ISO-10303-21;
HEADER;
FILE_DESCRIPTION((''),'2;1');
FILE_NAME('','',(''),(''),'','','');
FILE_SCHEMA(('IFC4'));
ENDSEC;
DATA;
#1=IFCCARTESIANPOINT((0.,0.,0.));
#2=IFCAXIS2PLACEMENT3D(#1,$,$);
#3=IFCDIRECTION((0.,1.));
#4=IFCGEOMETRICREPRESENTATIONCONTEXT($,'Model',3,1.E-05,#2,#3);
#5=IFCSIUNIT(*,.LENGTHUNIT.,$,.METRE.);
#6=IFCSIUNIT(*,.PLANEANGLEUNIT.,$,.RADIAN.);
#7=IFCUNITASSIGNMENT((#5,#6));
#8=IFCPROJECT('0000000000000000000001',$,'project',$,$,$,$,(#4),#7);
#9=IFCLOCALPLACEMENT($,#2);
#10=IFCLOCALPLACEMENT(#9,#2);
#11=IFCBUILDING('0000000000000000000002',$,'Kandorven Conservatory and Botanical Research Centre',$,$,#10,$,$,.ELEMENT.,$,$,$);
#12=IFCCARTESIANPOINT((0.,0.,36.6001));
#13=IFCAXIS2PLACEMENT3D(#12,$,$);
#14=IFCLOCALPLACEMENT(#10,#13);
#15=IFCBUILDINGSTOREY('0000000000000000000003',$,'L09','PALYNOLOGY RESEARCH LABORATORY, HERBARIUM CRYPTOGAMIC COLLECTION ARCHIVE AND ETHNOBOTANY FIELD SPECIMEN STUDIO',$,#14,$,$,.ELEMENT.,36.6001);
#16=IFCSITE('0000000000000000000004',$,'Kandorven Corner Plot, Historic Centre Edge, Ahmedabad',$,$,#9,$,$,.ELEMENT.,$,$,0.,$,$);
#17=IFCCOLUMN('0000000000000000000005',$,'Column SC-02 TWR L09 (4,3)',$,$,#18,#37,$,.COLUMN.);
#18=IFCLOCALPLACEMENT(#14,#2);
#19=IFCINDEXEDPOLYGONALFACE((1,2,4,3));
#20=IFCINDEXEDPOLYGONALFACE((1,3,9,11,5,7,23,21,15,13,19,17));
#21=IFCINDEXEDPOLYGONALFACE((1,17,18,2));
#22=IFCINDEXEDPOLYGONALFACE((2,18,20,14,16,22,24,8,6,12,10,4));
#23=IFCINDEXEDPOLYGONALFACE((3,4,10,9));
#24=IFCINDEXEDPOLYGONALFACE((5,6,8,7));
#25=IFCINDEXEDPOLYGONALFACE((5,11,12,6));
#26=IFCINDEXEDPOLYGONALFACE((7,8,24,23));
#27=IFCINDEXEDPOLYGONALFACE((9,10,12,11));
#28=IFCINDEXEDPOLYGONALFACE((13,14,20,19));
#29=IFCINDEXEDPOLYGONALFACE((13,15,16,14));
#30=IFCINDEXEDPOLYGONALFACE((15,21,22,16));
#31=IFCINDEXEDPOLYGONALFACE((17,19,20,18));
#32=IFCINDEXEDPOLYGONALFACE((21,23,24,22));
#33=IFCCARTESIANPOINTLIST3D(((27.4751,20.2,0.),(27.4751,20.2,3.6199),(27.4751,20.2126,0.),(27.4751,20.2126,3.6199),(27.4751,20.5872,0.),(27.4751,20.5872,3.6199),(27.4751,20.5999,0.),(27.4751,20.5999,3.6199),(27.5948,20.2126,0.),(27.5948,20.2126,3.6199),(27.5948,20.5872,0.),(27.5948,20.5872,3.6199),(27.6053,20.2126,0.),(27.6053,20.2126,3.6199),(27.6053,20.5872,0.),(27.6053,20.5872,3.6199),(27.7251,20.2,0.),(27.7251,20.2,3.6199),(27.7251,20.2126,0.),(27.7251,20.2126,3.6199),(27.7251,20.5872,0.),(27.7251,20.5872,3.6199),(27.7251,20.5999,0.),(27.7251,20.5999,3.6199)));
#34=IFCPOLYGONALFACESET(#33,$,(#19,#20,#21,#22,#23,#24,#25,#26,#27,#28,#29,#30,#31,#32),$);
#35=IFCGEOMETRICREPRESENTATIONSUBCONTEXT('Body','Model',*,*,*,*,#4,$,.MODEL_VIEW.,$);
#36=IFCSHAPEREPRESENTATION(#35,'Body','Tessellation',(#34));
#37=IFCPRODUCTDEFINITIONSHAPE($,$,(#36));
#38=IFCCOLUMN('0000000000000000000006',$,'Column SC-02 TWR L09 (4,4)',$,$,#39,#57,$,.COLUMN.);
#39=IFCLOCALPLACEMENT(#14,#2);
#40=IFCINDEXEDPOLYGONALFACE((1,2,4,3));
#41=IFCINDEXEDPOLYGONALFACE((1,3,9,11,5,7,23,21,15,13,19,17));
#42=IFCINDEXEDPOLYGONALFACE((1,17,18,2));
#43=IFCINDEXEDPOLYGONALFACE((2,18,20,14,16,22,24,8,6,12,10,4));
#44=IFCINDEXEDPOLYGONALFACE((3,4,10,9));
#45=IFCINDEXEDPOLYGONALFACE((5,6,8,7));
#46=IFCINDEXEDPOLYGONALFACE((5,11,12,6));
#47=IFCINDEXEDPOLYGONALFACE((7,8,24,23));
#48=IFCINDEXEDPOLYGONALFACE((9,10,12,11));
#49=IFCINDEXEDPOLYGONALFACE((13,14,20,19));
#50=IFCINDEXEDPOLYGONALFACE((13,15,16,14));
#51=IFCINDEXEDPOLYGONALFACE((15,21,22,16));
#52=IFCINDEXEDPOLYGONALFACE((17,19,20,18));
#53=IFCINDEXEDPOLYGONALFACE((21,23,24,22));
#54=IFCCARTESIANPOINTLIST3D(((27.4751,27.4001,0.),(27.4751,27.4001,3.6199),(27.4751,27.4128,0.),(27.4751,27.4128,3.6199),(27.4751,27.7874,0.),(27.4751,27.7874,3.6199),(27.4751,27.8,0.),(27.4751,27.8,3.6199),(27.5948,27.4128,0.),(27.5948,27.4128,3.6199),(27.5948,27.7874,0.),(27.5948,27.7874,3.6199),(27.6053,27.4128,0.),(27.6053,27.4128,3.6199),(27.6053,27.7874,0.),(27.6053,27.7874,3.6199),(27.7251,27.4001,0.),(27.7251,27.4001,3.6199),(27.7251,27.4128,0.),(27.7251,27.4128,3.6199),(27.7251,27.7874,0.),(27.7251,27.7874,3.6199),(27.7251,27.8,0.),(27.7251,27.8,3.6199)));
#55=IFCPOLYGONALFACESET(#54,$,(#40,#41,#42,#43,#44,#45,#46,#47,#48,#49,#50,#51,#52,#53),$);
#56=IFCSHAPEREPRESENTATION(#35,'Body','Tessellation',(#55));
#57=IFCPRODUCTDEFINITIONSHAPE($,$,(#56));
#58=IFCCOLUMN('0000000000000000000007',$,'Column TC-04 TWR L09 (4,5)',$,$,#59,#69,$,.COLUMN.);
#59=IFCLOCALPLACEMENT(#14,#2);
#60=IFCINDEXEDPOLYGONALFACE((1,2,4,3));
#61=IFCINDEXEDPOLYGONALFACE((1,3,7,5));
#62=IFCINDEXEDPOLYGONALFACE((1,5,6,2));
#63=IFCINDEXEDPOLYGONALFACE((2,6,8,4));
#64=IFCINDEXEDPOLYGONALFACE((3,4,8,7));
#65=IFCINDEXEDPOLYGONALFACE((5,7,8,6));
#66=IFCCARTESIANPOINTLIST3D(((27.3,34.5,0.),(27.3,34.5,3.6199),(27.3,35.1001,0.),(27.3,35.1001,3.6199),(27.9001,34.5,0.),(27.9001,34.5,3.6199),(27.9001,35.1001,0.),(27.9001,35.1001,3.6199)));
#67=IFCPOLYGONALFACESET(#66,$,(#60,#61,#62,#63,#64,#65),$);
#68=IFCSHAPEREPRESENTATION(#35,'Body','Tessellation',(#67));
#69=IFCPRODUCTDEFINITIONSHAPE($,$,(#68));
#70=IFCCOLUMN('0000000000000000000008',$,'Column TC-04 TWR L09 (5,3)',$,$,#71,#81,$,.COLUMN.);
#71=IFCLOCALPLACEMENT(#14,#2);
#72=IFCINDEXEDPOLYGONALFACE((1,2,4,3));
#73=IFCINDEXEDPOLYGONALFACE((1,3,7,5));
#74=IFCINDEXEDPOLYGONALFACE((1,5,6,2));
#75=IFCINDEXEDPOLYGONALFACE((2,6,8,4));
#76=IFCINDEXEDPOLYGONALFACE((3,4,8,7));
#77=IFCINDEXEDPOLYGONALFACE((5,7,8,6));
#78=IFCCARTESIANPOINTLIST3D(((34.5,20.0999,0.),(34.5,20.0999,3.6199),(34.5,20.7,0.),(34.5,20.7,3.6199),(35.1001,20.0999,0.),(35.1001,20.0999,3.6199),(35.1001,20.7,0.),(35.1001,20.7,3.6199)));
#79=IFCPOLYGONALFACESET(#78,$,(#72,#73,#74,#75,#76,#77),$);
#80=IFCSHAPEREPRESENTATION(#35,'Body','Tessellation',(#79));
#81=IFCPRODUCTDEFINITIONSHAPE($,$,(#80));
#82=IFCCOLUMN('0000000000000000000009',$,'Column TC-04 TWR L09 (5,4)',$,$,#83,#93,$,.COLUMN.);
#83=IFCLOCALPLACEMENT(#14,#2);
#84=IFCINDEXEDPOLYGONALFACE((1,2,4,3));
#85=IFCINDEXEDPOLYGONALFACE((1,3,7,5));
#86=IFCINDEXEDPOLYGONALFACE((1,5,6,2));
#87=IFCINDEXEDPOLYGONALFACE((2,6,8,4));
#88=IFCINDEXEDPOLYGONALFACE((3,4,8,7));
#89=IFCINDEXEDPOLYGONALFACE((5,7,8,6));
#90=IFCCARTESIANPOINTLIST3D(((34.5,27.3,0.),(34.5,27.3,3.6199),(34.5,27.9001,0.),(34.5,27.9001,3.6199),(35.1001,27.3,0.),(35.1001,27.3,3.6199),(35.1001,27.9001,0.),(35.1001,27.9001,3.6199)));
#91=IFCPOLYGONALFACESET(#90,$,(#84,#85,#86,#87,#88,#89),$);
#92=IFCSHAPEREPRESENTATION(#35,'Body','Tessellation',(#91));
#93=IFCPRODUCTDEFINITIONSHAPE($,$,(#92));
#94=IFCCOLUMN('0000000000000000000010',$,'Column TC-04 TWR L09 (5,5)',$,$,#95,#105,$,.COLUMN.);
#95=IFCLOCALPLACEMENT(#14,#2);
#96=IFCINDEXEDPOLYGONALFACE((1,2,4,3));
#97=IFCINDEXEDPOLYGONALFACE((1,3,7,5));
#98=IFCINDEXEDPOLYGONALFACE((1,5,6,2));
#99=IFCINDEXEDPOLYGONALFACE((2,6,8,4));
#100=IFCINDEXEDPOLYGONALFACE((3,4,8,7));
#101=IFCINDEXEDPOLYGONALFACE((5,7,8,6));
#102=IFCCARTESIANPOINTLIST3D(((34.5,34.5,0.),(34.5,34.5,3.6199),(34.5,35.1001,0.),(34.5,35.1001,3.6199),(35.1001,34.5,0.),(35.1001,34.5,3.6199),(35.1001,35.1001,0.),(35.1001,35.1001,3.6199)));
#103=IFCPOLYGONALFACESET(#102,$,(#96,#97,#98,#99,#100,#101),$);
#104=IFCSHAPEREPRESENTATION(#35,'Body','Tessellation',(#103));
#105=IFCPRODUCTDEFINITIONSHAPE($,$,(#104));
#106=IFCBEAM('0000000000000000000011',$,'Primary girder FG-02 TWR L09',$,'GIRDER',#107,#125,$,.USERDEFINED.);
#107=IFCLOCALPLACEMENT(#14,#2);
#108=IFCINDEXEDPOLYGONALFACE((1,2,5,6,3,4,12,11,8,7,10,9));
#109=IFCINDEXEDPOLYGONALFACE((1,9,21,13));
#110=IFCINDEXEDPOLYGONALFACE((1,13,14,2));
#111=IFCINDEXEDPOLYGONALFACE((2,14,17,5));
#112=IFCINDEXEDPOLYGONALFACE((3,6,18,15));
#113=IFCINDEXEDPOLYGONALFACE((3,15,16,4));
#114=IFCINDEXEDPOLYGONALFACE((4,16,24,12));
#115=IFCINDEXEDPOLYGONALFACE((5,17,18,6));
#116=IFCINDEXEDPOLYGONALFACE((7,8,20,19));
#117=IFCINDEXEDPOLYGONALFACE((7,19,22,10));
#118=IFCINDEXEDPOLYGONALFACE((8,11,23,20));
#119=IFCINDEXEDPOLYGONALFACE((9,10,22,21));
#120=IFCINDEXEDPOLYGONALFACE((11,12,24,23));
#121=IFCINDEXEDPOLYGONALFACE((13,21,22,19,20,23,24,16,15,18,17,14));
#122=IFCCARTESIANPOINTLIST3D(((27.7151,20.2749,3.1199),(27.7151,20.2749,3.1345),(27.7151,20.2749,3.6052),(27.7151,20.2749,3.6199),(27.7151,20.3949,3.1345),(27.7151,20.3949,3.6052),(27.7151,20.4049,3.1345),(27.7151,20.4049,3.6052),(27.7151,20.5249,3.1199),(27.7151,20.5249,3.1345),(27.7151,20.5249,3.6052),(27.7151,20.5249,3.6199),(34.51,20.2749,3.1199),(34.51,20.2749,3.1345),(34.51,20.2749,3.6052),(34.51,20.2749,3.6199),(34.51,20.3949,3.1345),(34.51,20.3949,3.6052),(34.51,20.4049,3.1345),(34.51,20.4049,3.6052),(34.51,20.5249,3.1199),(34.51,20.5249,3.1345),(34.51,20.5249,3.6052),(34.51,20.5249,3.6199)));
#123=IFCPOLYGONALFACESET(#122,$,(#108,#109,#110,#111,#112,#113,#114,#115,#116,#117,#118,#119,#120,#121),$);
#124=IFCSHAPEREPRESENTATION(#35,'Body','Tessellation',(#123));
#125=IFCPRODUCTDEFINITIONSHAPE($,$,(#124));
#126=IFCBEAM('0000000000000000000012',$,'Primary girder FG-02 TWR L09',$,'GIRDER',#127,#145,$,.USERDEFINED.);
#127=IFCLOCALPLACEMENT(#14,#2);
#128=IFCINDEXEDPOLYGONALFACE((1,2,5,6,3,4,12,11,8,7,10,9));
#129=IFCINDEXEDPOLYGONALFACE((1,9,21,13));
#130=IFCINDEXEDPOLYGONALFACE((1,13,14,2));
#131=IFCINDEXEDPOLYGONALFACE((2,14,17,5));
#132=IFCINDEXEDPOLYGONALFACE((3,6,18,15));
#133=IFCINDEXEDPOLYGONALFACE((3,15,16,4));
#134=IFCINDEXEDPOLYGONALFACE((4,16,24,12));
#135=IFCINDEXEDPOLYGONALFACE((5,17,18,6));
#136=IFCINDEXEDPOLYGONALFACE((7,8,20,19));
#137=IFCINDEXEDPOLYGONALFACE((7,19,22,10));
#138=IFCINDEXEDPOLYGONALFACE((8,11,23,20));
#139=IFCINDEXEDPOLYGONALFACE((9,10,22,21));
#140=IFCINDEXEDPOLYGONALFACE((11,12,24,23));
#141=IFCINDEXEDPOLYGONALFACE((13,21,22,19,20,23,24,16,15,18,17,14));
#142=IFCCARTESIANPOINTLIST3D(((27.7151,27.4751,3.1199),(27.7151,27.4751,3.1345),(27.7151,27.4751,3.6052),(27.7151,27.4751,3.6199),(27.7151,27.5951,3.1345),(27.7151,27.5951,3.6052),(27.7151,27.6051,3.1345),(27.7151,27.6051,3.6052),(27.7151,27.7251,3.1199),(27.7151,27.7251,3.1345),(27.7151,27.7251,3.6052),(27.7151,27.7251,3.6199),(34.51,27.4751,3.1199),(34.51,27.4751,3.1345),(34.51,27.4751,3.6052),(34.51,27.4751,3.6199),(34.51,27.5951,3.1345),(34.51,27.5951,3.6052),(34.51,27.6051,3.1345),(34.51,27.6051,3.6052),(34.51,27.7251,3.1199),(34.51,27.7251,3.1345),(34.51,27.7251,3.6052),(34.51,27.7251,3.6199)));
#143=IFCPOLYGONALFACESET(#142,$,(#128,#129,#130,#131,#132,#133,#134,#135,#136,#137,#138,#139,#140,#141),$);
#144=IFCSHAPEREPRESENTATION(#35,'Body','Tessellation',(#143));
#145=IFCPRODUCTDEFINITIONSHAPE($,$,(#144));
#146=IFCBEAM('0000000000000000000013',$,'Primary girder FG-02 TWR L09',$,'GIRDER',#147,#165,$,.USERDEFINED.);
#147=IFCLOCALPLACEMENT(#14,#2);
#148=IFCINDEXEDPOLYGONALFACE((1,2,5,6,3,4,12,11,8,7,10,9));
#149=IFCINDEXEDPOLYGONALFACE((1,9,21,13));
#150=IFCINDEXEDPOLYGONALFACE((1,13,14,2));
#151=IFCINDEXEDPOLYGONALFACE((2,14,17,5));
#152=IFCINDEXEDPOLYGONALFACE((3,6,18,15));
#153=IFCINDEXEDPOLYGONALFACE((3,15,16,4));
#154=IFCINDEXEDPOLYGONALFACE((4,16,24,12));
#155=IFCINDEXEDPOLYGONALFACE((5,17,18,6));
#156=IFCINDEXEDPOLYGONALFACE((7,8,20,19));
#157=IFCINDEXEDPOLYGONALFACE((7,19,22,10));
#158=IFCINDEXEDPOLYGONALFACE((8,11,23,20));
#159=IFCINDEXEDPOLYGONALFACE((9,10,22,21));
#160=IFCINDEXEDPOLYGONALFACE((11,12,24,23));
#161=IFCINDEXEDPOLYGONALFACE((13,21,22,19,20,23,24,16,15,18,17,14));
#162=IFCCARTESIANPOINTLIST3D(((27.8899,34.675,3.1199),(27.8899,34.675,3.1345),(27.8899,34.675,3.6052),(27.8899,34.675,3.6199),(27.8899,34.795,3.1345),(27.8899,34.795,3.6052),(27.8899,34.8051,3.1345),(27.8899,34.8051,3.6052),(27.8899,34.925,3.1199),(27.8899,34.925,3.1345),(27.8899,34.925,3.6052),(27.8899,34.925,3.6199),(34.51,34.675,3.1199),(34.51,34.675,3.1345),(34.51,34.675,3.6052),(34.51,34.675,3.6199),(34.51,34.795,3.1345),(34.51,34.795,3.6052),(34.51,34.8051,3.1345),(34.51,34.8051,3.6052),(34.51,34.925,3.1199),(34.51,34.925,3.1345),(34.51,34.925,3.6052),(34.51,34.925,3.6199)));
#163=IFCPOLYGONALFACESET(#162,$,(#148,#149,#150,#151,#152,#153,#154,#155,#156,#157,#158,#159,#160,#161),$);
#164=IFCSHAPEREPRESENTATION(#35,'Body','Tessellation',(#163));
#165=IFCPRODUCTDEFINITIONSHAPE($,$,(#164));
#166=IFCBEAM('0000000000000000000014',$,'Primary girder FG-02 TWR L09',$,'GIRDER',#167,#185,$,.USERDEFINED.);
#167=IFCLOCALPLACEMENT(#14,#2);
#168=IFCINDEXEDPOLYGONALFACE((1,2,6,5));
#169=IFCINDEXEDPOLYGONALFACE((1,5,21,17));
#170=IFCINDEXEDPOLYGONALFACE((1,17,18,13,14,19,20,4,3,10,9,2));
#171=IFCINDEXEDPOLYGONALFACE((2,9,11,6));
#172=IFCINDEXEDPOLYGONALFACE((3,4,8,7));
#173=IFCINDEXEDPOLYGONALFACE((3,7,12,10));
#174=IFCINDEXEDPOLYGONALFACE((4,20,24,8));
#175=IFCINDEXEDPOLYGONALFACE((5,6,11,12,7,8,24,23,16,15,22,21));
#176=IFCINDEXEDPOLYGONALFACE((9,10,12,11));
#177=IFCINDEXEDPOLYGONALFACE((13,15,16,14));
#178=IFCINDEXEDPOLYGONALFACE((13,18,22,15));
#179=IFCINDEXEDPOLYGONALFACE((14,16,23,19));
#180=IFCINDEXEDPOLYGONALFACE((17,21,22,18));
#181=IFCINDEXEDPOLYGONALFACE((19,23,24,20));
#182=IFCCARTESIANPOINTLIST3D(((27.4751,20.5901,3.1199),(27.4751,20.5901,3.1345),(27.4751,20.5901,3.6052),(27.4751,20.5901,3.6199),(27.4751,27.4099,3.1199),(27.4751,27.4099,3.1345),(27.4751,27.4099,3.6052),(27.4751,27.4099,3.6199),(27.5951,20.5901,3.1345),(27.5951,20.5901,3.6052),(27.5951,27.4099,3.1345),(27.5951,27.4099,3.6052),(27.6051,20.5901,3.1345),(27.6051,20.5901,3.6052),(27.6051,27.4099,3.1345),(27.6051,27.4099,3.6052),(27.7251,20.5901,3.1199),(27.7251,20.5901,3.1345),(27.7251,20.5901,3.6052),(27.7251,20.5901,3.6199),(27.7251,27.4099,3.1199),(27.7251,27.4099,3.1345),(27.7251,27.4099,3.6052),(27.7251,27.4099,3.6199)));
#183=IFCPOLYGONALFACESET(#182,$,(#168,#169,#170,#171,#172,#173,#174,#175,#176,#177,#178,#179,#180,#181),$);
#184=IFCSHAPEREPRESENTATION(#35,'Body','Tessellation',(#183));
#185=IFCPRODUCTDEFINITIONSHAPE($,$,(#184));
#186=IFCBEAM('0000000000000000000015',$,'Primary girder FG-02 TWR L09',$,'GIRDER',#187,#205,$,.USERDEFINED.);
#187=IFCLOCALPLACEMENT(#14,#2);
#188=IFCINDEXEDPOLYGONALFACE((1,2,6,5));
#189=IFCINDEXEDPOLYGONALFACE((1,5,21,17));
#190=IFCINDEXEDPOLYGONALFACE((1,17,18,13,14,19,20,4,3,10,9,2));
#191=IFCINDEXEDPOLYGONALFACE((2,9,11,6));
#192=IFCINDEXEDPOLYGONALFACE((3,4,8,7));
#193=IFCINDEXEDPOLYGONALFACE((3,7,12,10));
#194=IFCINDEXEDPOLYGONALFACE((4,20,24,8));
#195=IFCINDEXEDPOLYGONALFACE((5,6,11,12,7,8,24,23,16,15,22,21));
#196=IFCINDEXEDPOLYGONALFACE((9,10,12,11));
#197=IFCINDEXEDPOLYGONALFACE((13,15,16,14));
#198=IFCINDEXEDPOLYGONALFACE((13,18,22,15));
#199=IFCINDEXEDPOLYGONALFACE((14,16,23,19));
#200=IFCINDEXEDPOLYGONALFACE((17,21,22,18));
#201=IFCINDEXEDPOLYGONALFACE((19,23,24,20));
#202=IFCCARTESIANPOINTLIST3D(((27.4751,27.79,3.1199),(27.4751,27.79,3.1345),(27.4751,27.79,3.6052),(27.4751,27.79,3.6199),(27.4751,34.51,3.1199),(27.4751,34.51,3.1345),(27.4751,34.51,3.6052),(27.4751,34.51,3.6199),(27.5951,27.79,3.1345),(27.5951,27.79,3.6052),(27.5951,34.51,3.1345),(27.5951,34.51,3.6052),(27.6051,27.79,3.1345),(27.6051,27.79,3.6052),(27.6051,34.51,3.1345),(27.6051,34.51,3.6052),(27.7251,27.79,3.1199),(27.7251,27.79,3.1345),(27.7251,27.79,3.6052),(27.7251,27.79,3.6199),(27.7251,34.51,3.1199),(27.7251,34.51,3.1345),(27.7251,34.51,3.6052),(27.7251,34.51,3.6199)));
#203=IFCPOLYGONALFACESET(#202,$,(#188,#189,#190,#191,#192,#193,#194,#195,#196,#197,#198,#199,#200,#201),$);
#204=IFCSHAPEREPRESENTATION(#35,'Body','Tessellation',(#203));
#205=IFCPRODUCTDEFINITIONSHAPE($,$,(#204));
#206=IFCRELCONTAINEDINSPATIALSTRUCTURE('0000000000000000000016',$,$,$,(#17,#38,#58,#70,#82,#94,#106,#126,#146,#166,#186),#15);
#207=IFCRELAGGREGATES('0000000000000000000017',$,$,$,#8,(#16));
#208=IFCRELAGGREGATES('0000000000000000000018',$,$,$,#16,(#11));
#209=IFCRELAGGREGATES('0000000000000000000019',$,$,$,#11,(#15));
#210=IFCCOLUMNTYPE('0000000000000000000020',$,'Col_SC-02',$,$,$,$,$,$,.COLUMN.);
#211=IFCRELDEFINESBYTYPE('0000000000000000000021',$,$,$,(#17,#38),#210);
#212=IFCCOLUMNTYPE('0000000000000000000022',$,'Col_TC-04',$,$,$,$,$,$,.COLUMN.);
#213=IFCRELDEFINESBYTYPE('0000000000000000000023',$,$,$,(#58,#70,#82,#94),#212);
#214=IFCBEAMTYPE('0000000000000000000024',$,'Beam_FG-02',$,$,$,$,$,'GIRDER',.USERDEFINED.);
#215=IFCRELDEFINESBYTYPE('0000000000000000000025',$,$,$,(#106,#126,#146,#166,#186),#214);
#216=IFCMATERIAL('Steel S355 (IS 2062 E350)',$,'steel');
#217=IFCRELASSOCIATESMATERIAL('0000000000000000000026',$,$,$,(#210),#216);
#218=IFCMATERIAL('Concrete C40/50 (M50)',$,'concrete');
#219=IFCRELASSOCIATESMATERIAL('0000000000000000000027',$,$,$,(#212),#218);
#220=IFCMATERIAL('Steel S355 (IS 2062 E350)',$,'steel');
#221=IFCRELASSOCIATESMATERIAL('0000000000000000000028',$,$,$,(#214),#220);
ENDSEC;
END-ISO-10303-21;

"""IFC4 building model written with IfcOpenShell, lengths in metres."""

from ifc_helpers import new_model, si_unit, direction, frame, origin, origin_2d, place, context, subcontext, project, spatial, rectangle, i_section, extrude, material, material_profile, profile_set, type_object, element, save


model = new_model("IFC4")

# Units and contexts
model_context = context("Model", 3, precision=1e-05, world=origin(), true_north=direction((0.0, 1.0)))
body_context = subcontext(model_context, "Body", "Model", "MODEL_VIEW")
ifc_project = project(units=[si_unit("LENGTHUNIT", "METRE"), si_unit("PLANEANGLEUNIT", "RADIAN")], contexts=[model_context])

# Site, building, storey
site_placement = place(None, origin())
site = spatial("IfcSite", under=ifc_project, at=site_placement, Name="Kandorven Corner Plot, Historic Centre Edge, Ahmedabad", CompositionType="ELEMENT", RefElevation=0.0)
building_placement = place(site_placement, origin())
building = spatial("IfcBuilding", under=site, at=building_placement, Name="Kandorven Conservatory and Botanical Research Centre", CompositionType="ELEMENT")
storey_placement = place(building_placement, frame((0.0, 0.0, 36.6001)))
storey = spatial("IfcBuildingStorey", under=building, at=storey_placement, Name="L09", Description="PALYNOLOGY RESEARCH LABORATORY, HERBARIUM CRYPTOGAMIC COLLECTION ARCHIVE AND ETHNOBOTANY FIELD SPECIMEN STUDIO", CompositionType="ELEMENT", Elevation=36.6001)

# Columns
ifc_material_1 = material(Name="Steel S355 (IS 2062 E350)", Category="steel")
ifc_material_profile_1 = material_profile(ifc_material_1, i_section(OverallWidth=0.25, OverallDepth=0.3999, WebThickness=0.0105, FlangeThickness=0.0127, at=origin_2d()))
ifc_profile_set_1 = profile_set([ifc_material_profile_1], Name="Steel S355 (IS 2062 E350)")
column_type_1 = type_object("IfcColumnType", Name="Col_SC-02", PredefinedType="COLUMN", material=ifc_profile_set_1)
for number, where, z_axis, x_axis, name in (
    (1, (27.6001, 20.3999, 0.0), (0.0, 0.0, 1.0), (1.0, 0.0, 0.0), "Column SC-02 TWR L09 (4,3)"),
    (2, (27.6001, 27.6001, 0.0), (0.0, 0.0, 1.0), (1.0, 0.0, 0.0), "Column SC-02 TWR L09 (4,4)"),
):
    element("IfcColumn", number, at=place(storey_placement, frame(where, z_axis=z_axis, x_axis=x_axis)), inside=storey, type_object=column_type_1, Name=name, PredefinedType="COLUMN", context=body_context, shape_type="SweptSolid", body=[
        extrude(i_section(OverallWidth=0.25, OverallDepth=0.3999, WebThickness=0.0105, FlangeThickness=0.0127, at=origin_2d()), origin(), (0.0, 0.0, 1.0), 3.6199),
    ])
ifc_material_2 = material(Name="Concrete C40/50 (M50)", Category="concrete")
ifc_material_profile_2 = material_profile(ifc_material_2, rectangle(XDim=0.6001, YDim=0.6001, at=origin_2d()))
ifc_profile_set_2 = profile_set([ifc_material_profile_2], Name="Concrete C40/50 (M50)")
column_type_2 = type_object("IfcColumnType", Name="Col_TC-04", PredefinedType="COLUMN", material=ifc_profile_set_2)
for number, where, z_axis, x_axis, name in (
    (3, (27.6001, 34.8, 0.0), (0.0, 0.0, 1.0), (1.0, 0.0, 0.0), "Column TC-04 TWR L09 (4,5)"),
    (4, (34.8, 20.3999, 0.0), (0.0, 0.0, 1.0), (1.0, 0.0, 0.0), "Column TC-04 TWR L09 (5,3)"),
    (5, (34.8, 27.6001, 0.0), (0.0, 0.0, 1.0), (1.0, 0.0, 0.0), "Column TC-04 TWR L09 (5,4)"),
    (6, (34.8, 34.8, 0.0), (0.0, 0.0, 1.0), (1.0, 0.0, 0.0), "Column TC-04 TWR L09 (5,5)"),
):
    element("IfcColumn", number, at=place(storey_placement, frame(where, z_axis=z_axis, x_axis=x_axis)), inside=storey, type_object=column_type_2, Name=name, PredefinedType="COLUMN", context=body_context, shape_type="SweptSolid", body=[
        extrude(rectangle(XDim=0.6001, YDim=0.6001, at=origin_2d()), origin(), (0.0, 0.0, 1.0), 3.6199),
    ])

# Beams
ifc_material_3 = material(Name="Steel S355 (IS 2062 E350)", Category="steel")
ifc_material_profile_3 = material_profile(ifc_material_3, i_section(OverallWidth=0.25, OverallDepth=0.5, WebThickness=0.01, FlangeThickness=0.0146, at=origin_2d()))
ifc_profile_set_3 = profile_set([ifc_material_profile_3], Name="Steel S355 (IS 2062 E350)")
beam_type_1 = type_object("IfcBeamType", Name="Beam_FG-02", ElementType="GIRDER", PredefinedType="USERDEFINED", material=ifc_profile_set_3)
for number, where, z_axis, x_axis, name in (
    (7, (27.7151, 20.3999, 3.3699), (1.0, 0.0, 0.0), (0.0, 1.0, 0.0), "Primary girder FG-02 TWR L09"),
    (8, (27.7151, 27.6001, 3.3699), (1.0, 0.0, 0.0), (0.0, 1.0, 0.0), "Primary girder FG-02 TWR L09"),
):
    element("IfcBeam", number, at=place(storey_placement, frame(where, z_axis=z_axis, x_axis=x_axis)), inside=storey, type_object=beam_type_1, Name=name, ObjectType="GIRDER", PredefinedType="USERDEFINED", context=body_context, shape_type="SweptSolid", body=[
        extrude(i_section(OverallWidth=0.25, OverallDepth=0.5, WebThickness=0.01, FlangeThickness=0.0146, at=origin_2d()), origin(), (0.0, 0.0, 1.0), 6.7949),
    ])
beam_1_placement = place(storey_placement, frame((27.8899, 34.8, 3.3699), z_axis=(1.0, 0.0, 0.0), x_axis=(0.0, 1.0, 0.0)))
element("IfcBeam", 9, at=beam_1_placement, inside=storey, type_object=beam_type_1, Name="Primary girder FG-02 TWR L09", ObjectType="GIRDER", PredefinedType="USERDEFINED", context=body_context, shape_type="SweptSolid", body=[
    extrude(i_section(OverallWidth=0.25, OverallDepth=0.5, WebThickness=0.01, FlangeThickness=0.0146, at=origin_2d()), origin(), (0.0, 0.0, 1.0), 6.6201),
])
beam_2_placement = place(storey_placement, frame((27.6001, 20.5901, 3.3699), z_axis=(0.0, 1.0, 0.0), x_axis=(-1.0, 0.0, 0.0)))
element("IfcBeam", 10, at=beam_2_placement, inside=storey, type_object=beam_type_1, Name="Primary girder FG-02 TWR L09", ObjectType="GIRDER", PredefinedType="USERDEFINED", context=body_context, shape_type="SweptSolid", body=[
    extrude(i_section(OverallWidth=0.25, OverallDepth=0.5, WebThickness=0.01, FlangeThickness=0.0146, at=origin_2d()), origin(), (0.0, 0.0, 1.0), 6.8198),
])
beam_3_placement = place(storey_placement, frame((27.6001, 27.79, 3.3699), z_axis=(0.0, 1.0, 0.0), x_axis=(-1.0, 0.0, 0.0)))
element("IfcBeam", 11, at=beam_3_placement, inside=storey, type_object=beam_type_1, Name="Primary girder FG-02 TWR L09", ObjectType="GIRDER", PredefinedType="USERDEFINED", context=body_context, shape_type="SweptSolid", body=[
    extrude(i_section(OverallWidth=0.25, OverallDepth=0.5, WebThickness=0.01, FlangeThickness=0.0146, at=origin_2d()), origin(), (0.0, 0.0, 1.0), 6.72),
])

save(model, "model.ifc")
